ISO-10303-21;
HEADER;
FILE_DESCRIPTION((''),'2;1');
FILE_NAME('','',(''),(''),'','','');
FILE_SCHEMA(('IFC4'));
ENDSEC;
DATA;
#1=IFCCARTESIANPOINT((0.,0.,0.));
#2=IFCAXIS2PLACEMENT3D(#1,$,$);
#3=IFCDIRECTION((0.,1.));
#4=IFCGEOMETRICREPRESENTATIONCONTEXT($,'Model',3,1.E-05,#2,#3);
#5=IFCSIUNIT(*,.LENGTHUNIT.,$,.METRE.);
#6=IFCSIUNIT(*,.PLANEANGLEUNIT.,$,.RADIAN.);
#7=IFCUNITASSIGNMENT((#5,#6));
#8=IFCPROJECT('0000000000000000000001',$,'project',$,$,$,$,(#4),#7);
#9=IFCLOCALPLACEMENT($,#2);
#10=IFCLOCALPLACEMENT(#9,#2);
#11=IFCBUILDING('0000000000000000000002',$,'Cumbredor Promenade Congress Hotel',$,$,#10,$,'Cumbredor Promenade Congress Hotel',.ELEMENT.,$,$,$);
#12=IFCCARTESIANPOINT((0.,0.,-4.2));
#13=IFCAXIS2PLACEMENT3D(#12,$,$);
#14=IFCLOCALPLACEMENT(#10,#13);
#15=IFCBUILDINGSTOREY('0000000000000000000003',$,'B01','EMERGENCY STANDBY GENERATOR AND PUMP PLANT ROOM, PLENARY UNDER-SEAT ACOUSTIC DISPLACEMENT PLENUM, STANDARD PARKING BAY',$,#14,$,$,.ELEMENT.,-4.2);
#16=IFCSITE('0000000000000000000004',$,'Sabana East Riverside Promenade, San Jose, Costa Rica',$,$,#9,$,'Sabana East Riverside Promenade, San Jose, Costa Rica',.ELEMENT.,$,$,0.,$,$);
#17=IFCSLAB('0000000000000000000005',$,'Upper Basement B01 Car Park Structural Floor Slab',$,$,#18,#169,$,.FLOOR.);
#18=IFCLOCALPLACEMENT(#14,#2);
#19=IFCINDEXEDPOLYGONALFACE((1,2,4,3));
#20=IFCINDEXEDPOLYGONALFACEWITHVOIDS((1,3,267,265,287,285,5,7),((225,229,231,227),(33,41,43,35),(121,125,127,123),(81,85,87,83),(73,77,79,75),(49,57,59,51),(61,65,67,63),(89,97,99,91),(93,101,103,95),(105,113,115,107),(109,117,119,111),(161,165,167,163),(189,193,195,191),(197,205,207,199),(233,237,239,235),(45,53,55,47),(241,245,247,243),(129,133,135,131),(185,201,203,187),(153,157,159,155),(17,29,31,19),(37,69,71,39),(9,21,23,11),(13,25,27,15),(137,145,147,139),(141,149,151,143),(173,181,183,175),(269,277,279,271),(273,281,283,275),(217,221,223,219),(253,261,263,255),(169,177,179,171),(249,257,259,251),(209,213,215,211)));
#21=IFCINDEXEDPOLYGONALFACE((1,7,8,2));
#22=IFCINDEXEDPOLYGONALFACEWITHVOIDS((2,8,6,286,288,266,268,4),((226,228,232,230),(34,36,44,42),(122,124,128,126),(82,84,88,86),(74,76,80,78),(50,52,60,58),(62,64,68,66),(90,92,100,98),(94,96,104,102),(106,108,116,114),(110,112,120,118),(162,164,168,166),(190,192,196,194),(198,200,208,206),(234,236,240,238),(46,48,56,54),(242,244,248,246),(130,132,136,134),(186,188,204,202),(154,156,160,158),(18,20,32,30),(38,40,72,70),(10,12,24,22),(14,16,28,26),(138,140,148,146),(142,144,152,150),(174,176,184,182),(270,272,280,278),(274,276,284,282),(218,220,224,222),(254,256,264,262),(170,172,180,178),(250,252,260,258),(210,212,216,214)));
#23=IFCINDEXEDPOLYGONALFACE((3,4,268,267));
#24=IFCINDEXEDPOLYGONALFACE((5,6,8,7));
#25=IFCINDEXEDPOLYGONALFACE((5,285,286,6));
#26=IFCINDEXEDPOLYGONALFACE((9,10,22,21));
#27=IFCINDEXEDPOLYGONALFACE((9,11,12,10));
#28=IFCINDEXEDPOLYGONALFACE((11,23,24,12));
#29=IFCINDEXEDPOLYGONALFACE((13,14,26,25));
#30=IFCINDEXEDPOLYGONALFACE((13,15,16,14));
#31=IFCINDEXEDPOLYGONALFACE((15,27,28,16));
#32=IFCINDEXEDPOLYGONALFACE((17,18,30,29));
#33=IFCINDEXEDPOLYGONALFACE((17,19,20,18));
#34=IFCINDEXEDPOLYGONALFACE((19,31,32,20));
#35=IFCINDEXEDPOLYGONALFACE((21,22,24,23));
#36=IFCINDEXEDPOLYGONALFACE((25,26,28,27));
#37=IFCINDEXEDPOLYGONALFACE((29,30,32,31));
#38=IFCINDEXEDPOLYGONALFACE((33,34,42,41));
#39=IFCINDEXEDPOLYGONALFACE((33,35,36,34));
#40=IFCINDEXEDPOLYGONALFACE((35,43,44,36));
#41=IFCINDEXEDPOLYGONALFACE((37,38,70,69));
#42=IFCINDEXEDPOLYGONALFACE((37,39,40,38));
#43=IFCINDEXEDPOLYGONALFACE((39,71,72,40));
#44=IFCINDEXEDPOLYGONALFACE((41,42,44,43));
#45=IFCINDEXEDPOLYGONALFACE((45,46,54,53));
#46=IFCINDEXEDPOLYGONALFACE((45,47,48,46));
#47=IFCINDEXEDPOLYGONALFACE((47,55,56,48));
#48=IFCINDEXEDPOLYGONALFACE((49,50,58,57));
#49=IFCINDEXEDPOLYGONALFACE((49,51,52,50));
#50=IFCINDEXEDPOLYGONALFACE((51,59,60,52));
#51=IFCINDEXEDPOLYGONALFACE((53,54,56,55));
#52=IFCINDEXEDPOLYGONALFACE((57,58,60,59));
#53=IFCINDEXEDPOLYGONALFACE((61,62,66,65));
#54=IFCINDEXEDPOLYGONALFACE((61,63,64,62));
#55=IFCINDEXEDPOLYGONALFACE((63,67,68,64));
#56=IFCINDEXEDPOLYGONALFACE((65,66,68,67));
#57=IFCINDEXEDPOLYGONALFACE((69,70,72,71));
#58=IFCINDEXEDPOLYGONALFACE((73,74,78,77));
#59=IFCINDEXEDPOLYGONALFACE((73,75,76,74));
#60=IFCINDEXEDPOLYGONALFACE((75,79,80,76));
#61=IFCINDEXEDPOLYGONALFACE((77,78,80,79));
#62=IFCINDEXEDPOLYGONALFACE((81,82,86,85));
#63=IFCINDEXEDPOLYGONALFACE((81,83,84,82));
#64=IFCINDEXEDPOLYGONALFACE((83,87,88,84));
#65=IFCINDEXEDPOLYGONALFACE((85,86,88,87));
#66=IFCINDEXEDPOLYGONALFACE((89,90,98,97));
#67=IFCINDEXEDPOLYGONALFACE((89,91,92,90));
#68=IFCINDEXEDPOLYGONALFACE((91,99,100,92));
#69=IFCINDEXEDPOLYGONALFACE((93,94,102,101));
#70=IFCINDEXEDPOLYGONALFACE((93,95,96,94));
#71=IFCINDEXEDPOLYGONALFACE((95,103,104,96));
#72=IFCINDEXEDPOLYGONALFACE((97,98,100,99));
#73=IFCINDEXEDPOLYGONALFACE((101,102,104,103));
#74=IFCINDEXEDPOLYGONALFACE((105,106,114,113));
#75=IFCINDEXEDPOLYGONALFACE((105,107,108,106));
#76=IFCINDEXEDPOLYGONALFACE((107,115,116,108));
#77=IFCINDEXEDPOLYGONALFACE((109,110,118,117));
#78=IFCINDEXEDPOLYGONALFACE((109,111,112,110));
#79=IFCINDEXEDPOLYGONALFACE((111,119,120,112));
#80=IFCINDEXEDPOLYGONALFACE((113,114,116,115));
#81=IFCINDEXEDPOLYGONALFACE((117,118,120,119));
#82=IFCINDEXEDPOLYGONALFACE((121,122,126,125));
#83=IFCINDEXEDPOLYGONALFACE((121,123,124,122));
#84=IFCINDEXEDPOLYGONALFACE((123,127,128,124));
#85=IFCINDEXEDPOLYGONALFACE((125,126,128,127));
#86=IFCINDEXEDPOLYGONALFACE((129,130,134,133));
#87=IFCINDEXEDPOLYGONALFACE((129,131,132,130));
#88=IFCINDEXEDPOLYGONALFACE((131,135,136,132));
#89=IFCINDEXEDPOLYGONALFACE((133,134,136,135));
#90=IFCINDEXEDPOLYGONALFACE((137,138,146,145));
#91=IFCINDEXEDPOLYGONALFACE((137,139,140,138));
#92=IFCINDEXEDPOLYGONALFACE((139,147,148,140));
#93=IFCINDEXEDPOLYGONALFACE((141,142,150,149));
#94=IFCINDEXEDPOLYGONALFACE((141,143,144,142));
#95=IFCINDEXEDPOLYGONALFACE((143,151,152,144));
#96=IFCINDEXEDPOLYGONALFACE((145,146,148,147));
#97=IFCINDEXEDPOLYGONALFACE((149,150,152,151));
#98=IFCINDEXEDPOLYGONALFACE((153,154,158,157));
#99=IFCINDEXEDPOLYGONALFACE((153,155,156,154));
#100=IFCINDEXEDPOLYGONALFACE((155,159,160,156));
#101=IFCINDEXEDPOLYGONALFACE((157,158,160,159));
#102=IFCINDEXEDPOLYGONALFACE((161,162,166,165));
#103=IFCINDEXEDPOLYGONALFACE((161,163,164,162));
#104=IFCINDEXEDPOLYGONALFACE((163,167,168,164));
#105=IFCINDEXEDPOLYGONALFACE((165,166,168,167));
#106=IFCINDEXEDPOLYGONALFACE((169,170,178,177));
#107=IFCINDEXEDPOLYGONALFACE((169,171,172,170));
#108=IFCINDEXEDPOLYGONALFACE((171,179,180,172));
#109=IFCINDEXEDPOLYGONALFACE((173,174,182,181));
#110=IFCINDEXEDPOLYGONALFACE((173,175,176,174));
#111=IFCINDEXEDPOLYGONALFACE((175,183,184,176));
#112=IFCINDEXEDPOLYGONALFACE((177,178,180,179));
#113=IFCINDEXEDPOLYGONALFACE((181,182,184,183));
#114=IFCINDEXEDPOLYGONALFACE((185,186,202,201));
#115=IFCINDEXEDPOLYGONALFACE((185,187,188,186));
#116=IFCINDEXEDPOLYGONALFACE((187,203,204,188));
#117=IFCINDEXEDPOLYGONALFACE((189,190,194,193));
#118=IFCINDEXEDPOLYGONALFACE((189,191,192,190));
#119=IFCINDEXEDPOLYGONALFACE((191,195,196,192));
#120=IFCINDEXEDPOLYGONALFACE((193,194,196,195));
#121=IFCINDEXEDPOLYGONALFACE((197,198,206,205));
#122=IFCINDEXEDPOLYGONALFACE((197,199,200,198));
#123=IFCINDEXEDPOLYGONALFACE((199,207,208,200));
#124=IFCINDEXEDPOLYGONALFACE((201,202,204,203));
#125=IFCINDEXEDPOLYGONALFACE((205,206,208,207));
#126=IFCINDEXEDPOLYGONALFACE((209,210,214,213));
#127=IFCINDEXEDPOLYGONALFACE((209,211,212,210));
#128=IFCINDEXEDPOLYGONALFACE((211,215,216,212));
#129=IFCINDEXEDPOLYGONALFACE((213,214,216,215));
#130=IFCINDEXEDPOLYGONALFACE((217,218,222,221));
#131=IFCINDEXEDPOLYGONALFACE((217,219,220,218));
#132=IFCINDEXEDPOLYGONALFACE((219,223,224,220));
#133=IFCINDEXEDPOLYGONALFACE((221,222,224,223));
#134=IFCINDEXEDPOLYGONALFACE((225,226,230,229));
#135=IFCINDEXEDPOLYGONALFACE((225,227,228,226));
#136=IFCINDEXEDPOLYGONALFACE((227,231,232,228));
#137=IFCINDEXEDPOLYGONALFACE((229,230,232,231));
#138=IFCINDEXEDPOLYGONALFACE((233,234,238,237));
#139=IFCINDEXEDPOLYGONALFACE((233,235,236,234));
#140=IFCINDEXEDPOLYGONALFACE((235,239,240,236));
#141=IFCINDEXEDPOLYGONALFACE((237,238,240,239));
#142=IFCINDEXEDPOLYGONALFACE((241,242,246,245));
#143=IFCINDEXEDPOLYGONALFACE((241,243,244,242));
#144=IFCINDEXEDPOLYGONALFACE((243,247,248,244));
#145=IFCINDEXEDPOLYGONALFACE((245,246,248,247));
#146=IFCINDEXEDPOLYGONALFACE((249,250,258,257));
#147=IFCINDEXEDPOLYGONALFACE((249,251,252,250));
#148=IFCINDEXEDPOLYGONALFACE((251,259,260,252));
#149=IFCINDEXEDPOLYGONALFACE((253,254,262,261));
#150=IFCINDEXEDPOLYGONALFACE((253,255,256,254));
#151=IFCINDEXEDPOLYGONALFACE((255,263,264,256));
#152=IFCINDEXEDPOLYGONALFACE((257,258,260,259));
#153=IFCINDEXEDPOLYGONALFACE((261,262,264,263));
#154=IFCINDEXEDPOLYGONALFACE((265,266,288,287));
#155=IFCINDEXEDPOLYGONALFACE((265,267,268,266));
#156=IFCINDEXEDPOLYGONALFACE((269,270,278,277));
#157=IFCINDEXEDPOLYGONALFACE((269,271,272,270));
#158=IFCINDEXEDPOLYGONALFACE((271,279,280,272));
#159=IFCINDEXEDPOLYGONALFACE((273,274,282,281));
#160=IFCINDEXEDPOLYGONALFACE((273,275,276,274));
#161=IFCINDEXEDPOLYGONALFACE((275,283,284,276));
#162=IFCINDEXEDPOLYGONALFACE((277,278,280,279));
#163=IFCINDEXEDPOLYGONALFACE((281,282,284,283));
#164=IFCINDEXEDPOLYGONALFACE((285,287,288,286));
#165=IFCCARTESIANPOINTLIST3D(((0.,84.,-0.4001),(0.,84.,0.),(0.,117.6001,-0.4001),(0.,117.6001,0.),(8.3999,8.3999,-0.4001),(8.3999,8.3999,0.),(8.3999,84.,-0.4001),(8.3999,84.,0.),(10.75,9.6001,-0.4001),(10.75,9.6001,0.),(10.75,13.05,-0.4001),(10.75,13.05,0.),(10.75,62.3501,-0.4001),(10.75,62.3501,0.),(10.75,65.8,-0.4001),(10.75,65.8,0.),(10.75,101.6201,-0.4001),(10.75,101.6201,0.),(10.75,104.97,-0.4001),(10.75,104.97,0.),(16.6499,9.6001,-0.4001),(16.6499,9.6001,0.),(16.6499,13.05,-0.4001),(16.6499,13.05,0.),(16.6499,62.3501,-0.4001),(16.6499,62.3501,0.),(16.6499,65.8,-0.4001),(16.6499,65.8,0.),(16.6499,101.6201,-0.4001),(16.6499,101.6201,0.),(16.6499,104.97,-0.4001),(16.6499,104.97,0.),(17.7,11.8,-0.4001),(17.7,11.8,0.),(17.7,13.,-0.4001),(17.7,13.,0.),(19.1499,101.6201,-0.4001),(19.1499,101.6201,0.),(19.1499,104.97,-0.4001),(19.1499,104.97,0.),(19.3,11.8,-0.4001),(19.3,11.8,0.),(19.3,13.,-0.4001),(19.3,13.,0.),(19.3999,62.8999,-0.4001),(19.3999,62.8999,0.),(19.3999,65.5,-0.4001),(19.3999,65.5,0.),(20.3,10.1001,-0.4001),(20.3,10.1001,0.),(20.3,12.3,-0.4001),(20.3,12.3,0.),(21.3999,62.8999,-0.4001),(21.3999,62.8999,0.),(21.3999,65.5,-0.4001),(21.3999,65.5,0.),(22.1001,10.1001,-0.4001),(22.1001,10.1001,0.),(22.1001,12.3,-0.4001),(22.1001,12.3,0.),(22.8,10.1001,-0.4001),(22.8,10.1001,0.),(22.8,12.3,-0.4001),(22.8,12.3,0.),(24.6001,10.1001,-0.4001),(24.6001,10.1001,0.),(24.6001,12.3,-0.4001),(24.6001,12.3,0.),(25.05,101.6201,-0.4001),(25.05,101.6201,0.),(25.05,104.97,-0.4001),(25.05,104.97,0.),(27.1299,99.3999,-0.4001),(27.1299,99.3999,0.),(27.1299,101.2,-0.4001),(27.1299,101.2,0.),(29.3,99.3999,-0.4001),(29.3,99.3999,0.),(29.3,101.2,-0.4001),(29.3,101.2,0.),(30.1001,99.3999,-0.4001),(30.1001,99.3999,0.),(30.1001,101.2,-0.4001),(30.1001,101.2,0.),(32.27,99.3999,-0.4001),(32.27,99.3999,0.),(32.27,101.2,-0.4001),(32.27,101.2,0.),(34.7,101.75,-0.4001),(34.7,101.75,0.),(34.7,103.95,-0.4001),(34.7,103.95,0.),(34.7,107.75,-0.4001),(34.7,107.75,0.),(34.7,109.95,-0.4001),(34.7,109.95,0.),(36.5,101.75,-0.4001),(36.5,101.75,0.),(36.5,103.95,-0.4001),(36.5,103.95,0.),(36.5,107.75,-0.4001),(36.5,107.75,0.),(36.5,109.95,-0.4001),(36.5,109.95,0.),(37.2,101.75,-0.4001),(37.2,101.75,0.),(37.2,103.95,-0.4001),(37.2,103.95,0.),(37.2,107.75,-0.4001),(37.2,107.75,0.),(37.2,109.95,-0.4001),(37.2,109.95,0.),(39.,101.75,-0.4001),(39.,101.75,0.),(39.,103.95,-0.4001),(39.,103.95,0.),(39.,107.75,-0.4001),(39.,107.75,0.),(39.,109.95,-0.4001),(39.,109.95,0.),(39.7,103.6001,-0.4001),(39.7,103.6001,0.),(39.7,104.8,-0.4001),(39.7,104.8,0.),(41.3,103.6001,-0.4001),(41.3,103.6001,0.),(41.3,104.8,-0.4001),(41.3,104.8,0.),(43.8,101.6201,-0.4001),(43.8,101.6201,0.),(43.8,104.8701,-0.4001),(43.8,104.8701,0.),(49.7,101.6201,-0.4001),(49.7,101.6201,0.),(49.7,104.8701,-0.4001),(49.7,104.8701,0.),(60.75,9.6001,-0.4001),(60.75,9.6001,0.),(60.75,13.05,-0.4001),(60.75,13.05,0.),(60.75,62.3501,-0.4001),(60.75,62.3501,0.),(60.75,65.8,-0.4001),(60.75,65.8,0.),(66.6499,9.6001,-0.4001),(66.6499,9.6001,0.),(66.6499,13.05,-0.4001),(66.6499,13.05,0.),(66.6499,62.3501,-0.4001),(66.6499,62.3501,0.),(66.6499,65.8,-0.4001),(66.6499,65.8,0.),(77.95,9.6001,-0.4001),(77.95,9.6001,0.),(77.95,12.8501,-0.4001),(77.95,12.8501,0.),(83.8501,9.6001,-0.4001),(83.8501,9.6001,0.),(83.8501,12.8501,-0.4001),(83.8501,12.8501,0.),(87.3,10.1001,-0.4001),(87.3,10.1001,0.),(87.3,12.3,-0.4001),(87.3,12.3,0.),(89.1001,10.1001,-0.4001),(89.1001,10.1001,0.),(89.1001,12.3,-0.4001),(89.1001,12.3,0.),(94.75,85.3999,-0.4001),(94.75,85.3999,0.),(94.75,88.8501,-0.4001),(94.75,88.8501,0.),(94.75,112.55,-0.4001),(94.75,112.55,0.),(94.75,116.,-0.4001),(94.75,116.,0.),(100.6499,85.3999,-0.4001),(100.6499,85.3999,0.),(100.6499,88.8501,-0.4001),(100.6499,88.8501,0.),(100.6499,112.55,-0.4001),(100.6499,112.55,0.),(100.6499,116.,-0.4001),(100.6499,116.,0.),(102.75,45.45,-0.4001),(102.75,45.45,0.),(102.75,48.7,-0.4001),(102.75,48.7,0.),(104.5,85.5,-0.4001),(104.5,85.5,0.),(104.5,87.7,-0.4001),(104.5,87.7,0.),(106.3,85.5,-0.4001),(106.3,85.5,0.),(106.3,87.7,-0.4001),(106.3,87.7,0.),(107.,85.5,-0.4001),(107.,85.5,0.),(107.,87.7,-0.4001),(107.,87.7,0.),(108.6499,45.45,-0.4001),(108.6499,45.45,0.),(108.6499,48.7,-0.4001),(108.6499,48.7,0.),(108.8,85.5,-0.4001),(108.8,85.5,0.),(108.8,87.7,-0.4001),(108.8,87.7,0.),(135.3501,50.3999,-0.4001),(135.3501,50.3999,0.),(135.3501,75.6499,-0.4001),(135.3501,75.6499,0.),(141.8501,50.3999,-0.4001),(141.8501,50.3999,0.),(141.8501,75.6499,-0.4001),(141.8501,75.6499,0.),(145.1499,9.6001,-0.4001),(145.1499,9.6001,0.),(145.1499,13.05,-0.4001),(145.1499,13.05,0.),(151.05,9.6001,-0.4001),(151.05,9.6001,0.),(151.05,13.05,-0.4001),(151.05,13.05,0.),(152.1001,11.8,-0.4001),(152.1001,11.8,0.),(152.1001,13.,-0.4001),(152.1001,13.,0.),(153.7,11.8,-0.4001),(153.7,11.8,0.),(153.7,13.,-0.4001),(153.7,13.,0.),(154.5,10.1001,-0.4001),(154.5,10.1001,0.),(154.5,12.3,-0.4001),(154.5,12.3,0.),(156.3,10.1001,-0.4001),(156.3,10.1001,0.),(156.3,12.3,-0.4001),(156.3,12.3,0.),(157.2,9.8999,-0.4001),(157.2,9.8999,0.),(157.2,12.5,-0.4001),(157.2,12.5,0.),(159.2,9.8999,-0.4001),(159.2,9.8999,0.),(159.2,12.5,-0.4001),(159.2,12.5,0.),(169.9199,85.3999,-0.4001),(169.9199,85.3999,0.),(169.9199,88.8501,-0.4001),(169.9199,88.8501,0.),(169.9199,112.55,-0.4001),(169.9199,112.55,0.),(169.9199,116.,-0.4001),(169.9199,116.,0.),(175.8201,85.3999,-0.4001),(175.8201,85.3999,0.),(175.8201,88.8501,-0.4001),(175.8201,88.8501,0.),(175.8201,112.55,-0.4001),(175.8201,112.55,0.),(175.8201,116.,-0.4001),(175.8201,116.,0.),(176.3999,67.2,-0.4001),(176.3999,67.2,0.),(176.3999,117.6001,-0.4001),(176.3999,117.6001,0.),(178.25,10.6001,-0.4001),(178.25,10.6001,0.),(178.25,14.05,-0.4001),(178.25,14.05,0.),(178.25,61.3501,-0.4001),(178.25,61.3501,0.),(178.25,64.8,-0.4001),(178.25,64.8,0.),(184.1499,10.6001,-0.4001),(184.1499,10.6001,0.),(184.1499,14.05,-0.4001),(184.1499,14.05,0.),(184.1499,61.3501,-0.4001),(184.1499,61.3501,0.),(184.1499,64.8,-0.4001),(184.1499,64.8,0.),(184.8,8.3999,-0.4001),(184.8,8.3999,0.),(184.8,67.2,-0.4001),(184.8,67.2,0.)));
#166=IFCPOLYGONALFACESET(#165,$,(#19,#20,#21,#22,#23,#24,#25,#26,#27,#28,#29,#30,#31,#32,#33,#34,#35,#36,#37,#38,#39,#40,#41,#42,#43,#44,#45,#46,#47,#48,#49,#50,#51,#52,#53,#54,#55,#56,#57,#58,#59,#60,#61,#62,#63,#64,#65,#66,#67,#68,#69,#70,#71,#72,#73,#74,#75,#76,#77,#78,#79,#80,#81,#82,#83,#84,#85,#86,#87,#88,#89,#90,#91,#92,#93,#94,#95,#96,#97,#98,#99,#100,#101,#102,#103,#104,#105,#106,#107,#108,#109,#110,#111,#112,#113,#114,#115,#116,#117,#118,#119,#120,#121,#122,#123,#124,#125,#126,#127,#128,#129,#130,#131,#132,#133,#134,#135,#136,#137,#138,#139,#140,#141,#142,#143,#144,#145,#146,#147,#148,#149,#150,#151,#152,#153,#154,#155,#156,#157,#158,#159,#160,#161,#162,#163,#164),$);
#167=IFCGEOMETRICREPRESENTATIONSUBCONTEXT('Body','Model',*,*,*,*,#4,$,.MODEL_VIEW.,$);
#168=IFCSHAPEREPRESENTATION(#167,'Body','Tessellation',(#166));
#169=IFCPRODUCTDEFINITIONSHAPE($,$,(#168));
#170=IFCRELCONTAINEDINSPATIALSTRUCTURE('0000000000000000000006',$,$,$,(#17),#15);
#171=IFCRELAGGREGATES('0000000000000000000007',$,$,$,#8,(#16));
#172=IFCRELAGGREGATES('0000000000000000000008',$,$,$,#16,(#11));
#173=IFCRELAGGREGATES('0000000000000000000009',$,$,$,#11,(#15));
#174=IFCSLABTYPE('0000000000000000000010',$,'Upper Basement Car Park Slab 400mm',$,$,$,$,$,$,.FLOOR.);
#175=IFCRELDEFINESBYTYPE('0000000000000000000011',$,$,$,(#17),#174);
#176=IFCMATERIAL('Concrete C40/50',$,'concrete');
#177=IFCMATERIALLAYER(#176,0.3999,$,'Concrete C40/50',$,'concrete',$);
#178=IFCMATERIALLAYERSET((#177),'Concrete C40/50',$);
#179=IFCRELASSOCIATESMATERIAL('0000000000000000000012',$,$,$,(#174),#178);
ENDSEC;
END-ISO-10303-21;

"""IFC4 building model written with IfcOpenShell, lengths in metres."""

from ifc_helpers import new_model, si_unit, direction, frame, origin, place, context, subcontext, project, spatial, polyline, outline, extrude, material, layer, layer_set, type_object, element, save


model = new_model("IFC4")

# Units and contexts
model_context = context("Model", 3, precision=1e-05, world=origin(), true_north=direction((0.0, 1.0)))
body_context = subcontext(model_context, "Body", "Model", "MODEL_VIEW")
ifc_project = project(units=[si_unit("LENGTHUNIT", "METRE"), si_unit("PLANEANGLEUNIT", "RADIAN")], contexts=[model_context])

# Site, building, storey
site_placement = place(None, origin())
site = spatial("IfcSite", under=ifc_project, at=site_placement, Name="Sabana East Riverside Promenade, San Jose, Costa Rica", LongName="Sabana East Riverside Promenade, San Jose, Costa Rica", CompositionType="ELEMENT", RefElevation=0.0)
building_placement = place(site_placement, origin())
building = spatial("IfcBuilding", under=site, at=building_placement, Name="Cumbredor Promenade Congress Hotel", LongName="Cumbredor Promenade Congress Hotel", CompositionType="ELEMENT")
storey_placement = place(building_placement, frame((0.0, 0.0, -4.2)))
storey = spatial("IfcBuildingStorey", under=building, at=storey_placement, Name="B01", Description="EMERGENCY STANDBY GENERATOR AND PUMP PLANT ROOM, PLENARY UNDER-SEAT ACOUSTIC DISPLACEMENT PLENUM, STANDARD PARKING BAY", CompositionType="ELEMENT", Elevation=-4.2)

# Shared definitions
ifc_material_1 = material(Name="Concrete C40/50", Category="concrete")

# Slab
ifc_layer_1 = layer(ifc_material_1, 0.3999, Name="Concrete C40/50", Category="concrete")
ifc_layer_set_1 = layer_set([ifc_layer_1], Name="Concrete C40/50")
slab_type_1 = type_object("IfcSlabType", Name="Upper Basement Car Park Slab 400mm", PredefinedType="FLOOR", material=ifc_layer_set_1)
slab_1_placement = place(storey_placement, frame((0.0, 0.0, -0.4001)))
element("IfcSlab", 1, at=slab_1_placement, inside=storey, type_object=slab_type_1, Name="Upper Basement B01 Car Park Structural Floor Slab", PredefinedType="FLOOR", context=body_context, shape_type="SweptSolid", body=[
    extrude(outline(polyline([(8.3999, 8.3999), (184.8, 8.3999), (184.8, 67.2), (176.3999, 67.2), (176.3999, 117.6001), (0.0, 117.6001), (0.0, 84.0), (8.3999, 84.0), (8.3999, 8.3999)]), holes=[polyline([(10.75, 101.6201), (16.6499, 101.6201), (16.6499, 104.97), (10.75, 104.97), (10.75, 101.6201)]), polyline([(19.1499, 101.6201), (25.05, 101.6201), (25.05, 104.97), (19.1499, 104.97), (19.1499, 101.6201)]), polyline([(43.8, 101.6201), (49.7, 101.6201), (49.7, 104.8701), (43.8, 104.8701), (43.8, 101.6201)]), polyline([(10.75, 9.6001), (16.6499, 9.6001), (16.6499, 13.05), (10.75, 13.05), (10.75, 9.6001)]), polyline([(60.75, 9.6001), (66.6499, 9.6001), (66.6499, 13.05), (60.75, 13.05), (60.75, 9.6001)]), polyline([(10.75, 62.3501), (16.6499, 62.3501), (16.6499, 65.8), (10.75, 65.8), (10.75, 62.3501)]), polyline([(60.75, 62.3501), (66.6499, 62.3501), (66.6499, 65.8), (60.75, 65.8), (60.75, 62.3501)]), polyline([(145.1499, 9.6001), (151.05, 9.6001), (151.05, 13.05), (145.1499, 13.05), (145.1499, 9.6001)]), polyline([(178.25, 10.6001), (184.1499, 10.6001), (184.1499, 14.05), (178.25, 14.05), (178.25, 10.6001)]), polyline([(178.25, 61.3501), (184.1499, 61.3501), (184.1499, 64.8), (178.25, 64.8), (178.25, 61.3501)]), polyline([(77.95, 9.6001), (83.8501, 9.6001), (83.8501, 12.8501), (77.95, 12.8501), (77.95, 9.6001)]), polyline([(102.75, 45.45), (108.6499, 45.45), (108.6499, 48.7), (102.75, 48.7), (102.75, 45.45)]), polyline([(94.75, 85.3999), (100.6499, 85.3999), (100.6499, 88.8501), (94.75, 88.8501), (94.75, 85.3999)]), polyline([(169.9199, 85.3999), (175.8201, 85.3999), (175.8201, 88.8501), (169.9199, 88.8501), (169.9199, 85.3999)]), polyline([(94.75, 112.55), (100.6499, 112.55), (100.6499, 116.0), (94.75, 116.0), (94.75, 112.55)]), polyline([(169.9199, 112.55), (175.8201, 112.55), (175.8201, 116.0), (169.9199, 116.0), (169.9199, 112.55)]), polyline([(27.1299, 99.3999), (29.3, 99.3999), (29.3, 101.2), (27.1299, 101.2), (27.1299, 99.3999)]), polyline([(30.1001, 99.3999), (32.27, 99.3999), (32.27, 101.2), (30.1001, 101.2), (30.1001, 99.3999)]), polyline([(34.7, 107.75), (36.5, 107.75), (36.5, 109.95), (34.7, 109.95), (34.7, 107.75)]), polyline([(37.2, 107.75), (39.0, 107.75), (39.0, 109.95), (37.2, 109.95), (37.2, 107.75)]), polyline([(34.7, 101.75), (36.5, 101.75), (36.5, 103.95), (34.7, 103.95), (34.7, 101.75)]), polyline([(37.2, 101.75), (39.0, 101.75), (39.0, 103.95), (37.2, 103.95), (37.2, 101.75)]), polyline([(20.3, 10.1001), (22.1001, 10.1001), (22.1001, 12.3), (20.3, 12.3), (20.3, 10.1001)]), polyline([(22.8, 10.1001), (24.6001, 10.1001), (24.6001, 12.3), (22.8, 12.3), (22.8, 10.1001)]), polyline([(19.3999, 62.8999), (21.3999, 62.8999), (21.3999, 65.5), (19.3999, 65.5), (19.3999, 62.8999)]), polyline([(154.5, 10.1001), (156.3, 10.1001), (156.3, 12.3), (154.5, 12.3), (154.5, 10.1001)]), polyline([(157.2, 9.8999), (159.2, 9.8999), (159.2, 12.5), (157.2, 12.5), (157.2, 9.8999)]), polyline([(87.3, 10.1001), (89.1001, 10.1001), (89.1001, 12.3), (87.3, 12.3), (87.3, 10.1001)]), polyline([(104.5, 85.5), (106.3, 85.5), (106.3, 87.7), (104.5, 87.7), (104.5, 85.5)]), polyline([(107.0, 85.5), (108.8, 85.5), (108.8, 87.7), (107.0, 87.7), (107.0, 85.5)]), polyline([(39.7, 103.6001), (41.3, 103.6001), (41.3, 104.8), (39.7, 104.8), (39.7, 103.6001)]), polyline([(17.7, 11.8), (19.3, 11.8), (19.3, 13.0), (17.7, 13.0), (17.7, 11.8)]), polyline([(152.1001, 11.8), (153.7, 11.8), (153.7, 13.0), (152.1001, 13.0), (152.1001, 11.8)]), polyline([(135.3501, 50.3999), (141.8501, 50.3999), (141.8501, 75.6499), (135.3501, 75.6499), (135.3501, 50.3999)])]), origin(), (0.0, 0.0, 1.0), 0.4001),
])

save(model, "model.ifc")
